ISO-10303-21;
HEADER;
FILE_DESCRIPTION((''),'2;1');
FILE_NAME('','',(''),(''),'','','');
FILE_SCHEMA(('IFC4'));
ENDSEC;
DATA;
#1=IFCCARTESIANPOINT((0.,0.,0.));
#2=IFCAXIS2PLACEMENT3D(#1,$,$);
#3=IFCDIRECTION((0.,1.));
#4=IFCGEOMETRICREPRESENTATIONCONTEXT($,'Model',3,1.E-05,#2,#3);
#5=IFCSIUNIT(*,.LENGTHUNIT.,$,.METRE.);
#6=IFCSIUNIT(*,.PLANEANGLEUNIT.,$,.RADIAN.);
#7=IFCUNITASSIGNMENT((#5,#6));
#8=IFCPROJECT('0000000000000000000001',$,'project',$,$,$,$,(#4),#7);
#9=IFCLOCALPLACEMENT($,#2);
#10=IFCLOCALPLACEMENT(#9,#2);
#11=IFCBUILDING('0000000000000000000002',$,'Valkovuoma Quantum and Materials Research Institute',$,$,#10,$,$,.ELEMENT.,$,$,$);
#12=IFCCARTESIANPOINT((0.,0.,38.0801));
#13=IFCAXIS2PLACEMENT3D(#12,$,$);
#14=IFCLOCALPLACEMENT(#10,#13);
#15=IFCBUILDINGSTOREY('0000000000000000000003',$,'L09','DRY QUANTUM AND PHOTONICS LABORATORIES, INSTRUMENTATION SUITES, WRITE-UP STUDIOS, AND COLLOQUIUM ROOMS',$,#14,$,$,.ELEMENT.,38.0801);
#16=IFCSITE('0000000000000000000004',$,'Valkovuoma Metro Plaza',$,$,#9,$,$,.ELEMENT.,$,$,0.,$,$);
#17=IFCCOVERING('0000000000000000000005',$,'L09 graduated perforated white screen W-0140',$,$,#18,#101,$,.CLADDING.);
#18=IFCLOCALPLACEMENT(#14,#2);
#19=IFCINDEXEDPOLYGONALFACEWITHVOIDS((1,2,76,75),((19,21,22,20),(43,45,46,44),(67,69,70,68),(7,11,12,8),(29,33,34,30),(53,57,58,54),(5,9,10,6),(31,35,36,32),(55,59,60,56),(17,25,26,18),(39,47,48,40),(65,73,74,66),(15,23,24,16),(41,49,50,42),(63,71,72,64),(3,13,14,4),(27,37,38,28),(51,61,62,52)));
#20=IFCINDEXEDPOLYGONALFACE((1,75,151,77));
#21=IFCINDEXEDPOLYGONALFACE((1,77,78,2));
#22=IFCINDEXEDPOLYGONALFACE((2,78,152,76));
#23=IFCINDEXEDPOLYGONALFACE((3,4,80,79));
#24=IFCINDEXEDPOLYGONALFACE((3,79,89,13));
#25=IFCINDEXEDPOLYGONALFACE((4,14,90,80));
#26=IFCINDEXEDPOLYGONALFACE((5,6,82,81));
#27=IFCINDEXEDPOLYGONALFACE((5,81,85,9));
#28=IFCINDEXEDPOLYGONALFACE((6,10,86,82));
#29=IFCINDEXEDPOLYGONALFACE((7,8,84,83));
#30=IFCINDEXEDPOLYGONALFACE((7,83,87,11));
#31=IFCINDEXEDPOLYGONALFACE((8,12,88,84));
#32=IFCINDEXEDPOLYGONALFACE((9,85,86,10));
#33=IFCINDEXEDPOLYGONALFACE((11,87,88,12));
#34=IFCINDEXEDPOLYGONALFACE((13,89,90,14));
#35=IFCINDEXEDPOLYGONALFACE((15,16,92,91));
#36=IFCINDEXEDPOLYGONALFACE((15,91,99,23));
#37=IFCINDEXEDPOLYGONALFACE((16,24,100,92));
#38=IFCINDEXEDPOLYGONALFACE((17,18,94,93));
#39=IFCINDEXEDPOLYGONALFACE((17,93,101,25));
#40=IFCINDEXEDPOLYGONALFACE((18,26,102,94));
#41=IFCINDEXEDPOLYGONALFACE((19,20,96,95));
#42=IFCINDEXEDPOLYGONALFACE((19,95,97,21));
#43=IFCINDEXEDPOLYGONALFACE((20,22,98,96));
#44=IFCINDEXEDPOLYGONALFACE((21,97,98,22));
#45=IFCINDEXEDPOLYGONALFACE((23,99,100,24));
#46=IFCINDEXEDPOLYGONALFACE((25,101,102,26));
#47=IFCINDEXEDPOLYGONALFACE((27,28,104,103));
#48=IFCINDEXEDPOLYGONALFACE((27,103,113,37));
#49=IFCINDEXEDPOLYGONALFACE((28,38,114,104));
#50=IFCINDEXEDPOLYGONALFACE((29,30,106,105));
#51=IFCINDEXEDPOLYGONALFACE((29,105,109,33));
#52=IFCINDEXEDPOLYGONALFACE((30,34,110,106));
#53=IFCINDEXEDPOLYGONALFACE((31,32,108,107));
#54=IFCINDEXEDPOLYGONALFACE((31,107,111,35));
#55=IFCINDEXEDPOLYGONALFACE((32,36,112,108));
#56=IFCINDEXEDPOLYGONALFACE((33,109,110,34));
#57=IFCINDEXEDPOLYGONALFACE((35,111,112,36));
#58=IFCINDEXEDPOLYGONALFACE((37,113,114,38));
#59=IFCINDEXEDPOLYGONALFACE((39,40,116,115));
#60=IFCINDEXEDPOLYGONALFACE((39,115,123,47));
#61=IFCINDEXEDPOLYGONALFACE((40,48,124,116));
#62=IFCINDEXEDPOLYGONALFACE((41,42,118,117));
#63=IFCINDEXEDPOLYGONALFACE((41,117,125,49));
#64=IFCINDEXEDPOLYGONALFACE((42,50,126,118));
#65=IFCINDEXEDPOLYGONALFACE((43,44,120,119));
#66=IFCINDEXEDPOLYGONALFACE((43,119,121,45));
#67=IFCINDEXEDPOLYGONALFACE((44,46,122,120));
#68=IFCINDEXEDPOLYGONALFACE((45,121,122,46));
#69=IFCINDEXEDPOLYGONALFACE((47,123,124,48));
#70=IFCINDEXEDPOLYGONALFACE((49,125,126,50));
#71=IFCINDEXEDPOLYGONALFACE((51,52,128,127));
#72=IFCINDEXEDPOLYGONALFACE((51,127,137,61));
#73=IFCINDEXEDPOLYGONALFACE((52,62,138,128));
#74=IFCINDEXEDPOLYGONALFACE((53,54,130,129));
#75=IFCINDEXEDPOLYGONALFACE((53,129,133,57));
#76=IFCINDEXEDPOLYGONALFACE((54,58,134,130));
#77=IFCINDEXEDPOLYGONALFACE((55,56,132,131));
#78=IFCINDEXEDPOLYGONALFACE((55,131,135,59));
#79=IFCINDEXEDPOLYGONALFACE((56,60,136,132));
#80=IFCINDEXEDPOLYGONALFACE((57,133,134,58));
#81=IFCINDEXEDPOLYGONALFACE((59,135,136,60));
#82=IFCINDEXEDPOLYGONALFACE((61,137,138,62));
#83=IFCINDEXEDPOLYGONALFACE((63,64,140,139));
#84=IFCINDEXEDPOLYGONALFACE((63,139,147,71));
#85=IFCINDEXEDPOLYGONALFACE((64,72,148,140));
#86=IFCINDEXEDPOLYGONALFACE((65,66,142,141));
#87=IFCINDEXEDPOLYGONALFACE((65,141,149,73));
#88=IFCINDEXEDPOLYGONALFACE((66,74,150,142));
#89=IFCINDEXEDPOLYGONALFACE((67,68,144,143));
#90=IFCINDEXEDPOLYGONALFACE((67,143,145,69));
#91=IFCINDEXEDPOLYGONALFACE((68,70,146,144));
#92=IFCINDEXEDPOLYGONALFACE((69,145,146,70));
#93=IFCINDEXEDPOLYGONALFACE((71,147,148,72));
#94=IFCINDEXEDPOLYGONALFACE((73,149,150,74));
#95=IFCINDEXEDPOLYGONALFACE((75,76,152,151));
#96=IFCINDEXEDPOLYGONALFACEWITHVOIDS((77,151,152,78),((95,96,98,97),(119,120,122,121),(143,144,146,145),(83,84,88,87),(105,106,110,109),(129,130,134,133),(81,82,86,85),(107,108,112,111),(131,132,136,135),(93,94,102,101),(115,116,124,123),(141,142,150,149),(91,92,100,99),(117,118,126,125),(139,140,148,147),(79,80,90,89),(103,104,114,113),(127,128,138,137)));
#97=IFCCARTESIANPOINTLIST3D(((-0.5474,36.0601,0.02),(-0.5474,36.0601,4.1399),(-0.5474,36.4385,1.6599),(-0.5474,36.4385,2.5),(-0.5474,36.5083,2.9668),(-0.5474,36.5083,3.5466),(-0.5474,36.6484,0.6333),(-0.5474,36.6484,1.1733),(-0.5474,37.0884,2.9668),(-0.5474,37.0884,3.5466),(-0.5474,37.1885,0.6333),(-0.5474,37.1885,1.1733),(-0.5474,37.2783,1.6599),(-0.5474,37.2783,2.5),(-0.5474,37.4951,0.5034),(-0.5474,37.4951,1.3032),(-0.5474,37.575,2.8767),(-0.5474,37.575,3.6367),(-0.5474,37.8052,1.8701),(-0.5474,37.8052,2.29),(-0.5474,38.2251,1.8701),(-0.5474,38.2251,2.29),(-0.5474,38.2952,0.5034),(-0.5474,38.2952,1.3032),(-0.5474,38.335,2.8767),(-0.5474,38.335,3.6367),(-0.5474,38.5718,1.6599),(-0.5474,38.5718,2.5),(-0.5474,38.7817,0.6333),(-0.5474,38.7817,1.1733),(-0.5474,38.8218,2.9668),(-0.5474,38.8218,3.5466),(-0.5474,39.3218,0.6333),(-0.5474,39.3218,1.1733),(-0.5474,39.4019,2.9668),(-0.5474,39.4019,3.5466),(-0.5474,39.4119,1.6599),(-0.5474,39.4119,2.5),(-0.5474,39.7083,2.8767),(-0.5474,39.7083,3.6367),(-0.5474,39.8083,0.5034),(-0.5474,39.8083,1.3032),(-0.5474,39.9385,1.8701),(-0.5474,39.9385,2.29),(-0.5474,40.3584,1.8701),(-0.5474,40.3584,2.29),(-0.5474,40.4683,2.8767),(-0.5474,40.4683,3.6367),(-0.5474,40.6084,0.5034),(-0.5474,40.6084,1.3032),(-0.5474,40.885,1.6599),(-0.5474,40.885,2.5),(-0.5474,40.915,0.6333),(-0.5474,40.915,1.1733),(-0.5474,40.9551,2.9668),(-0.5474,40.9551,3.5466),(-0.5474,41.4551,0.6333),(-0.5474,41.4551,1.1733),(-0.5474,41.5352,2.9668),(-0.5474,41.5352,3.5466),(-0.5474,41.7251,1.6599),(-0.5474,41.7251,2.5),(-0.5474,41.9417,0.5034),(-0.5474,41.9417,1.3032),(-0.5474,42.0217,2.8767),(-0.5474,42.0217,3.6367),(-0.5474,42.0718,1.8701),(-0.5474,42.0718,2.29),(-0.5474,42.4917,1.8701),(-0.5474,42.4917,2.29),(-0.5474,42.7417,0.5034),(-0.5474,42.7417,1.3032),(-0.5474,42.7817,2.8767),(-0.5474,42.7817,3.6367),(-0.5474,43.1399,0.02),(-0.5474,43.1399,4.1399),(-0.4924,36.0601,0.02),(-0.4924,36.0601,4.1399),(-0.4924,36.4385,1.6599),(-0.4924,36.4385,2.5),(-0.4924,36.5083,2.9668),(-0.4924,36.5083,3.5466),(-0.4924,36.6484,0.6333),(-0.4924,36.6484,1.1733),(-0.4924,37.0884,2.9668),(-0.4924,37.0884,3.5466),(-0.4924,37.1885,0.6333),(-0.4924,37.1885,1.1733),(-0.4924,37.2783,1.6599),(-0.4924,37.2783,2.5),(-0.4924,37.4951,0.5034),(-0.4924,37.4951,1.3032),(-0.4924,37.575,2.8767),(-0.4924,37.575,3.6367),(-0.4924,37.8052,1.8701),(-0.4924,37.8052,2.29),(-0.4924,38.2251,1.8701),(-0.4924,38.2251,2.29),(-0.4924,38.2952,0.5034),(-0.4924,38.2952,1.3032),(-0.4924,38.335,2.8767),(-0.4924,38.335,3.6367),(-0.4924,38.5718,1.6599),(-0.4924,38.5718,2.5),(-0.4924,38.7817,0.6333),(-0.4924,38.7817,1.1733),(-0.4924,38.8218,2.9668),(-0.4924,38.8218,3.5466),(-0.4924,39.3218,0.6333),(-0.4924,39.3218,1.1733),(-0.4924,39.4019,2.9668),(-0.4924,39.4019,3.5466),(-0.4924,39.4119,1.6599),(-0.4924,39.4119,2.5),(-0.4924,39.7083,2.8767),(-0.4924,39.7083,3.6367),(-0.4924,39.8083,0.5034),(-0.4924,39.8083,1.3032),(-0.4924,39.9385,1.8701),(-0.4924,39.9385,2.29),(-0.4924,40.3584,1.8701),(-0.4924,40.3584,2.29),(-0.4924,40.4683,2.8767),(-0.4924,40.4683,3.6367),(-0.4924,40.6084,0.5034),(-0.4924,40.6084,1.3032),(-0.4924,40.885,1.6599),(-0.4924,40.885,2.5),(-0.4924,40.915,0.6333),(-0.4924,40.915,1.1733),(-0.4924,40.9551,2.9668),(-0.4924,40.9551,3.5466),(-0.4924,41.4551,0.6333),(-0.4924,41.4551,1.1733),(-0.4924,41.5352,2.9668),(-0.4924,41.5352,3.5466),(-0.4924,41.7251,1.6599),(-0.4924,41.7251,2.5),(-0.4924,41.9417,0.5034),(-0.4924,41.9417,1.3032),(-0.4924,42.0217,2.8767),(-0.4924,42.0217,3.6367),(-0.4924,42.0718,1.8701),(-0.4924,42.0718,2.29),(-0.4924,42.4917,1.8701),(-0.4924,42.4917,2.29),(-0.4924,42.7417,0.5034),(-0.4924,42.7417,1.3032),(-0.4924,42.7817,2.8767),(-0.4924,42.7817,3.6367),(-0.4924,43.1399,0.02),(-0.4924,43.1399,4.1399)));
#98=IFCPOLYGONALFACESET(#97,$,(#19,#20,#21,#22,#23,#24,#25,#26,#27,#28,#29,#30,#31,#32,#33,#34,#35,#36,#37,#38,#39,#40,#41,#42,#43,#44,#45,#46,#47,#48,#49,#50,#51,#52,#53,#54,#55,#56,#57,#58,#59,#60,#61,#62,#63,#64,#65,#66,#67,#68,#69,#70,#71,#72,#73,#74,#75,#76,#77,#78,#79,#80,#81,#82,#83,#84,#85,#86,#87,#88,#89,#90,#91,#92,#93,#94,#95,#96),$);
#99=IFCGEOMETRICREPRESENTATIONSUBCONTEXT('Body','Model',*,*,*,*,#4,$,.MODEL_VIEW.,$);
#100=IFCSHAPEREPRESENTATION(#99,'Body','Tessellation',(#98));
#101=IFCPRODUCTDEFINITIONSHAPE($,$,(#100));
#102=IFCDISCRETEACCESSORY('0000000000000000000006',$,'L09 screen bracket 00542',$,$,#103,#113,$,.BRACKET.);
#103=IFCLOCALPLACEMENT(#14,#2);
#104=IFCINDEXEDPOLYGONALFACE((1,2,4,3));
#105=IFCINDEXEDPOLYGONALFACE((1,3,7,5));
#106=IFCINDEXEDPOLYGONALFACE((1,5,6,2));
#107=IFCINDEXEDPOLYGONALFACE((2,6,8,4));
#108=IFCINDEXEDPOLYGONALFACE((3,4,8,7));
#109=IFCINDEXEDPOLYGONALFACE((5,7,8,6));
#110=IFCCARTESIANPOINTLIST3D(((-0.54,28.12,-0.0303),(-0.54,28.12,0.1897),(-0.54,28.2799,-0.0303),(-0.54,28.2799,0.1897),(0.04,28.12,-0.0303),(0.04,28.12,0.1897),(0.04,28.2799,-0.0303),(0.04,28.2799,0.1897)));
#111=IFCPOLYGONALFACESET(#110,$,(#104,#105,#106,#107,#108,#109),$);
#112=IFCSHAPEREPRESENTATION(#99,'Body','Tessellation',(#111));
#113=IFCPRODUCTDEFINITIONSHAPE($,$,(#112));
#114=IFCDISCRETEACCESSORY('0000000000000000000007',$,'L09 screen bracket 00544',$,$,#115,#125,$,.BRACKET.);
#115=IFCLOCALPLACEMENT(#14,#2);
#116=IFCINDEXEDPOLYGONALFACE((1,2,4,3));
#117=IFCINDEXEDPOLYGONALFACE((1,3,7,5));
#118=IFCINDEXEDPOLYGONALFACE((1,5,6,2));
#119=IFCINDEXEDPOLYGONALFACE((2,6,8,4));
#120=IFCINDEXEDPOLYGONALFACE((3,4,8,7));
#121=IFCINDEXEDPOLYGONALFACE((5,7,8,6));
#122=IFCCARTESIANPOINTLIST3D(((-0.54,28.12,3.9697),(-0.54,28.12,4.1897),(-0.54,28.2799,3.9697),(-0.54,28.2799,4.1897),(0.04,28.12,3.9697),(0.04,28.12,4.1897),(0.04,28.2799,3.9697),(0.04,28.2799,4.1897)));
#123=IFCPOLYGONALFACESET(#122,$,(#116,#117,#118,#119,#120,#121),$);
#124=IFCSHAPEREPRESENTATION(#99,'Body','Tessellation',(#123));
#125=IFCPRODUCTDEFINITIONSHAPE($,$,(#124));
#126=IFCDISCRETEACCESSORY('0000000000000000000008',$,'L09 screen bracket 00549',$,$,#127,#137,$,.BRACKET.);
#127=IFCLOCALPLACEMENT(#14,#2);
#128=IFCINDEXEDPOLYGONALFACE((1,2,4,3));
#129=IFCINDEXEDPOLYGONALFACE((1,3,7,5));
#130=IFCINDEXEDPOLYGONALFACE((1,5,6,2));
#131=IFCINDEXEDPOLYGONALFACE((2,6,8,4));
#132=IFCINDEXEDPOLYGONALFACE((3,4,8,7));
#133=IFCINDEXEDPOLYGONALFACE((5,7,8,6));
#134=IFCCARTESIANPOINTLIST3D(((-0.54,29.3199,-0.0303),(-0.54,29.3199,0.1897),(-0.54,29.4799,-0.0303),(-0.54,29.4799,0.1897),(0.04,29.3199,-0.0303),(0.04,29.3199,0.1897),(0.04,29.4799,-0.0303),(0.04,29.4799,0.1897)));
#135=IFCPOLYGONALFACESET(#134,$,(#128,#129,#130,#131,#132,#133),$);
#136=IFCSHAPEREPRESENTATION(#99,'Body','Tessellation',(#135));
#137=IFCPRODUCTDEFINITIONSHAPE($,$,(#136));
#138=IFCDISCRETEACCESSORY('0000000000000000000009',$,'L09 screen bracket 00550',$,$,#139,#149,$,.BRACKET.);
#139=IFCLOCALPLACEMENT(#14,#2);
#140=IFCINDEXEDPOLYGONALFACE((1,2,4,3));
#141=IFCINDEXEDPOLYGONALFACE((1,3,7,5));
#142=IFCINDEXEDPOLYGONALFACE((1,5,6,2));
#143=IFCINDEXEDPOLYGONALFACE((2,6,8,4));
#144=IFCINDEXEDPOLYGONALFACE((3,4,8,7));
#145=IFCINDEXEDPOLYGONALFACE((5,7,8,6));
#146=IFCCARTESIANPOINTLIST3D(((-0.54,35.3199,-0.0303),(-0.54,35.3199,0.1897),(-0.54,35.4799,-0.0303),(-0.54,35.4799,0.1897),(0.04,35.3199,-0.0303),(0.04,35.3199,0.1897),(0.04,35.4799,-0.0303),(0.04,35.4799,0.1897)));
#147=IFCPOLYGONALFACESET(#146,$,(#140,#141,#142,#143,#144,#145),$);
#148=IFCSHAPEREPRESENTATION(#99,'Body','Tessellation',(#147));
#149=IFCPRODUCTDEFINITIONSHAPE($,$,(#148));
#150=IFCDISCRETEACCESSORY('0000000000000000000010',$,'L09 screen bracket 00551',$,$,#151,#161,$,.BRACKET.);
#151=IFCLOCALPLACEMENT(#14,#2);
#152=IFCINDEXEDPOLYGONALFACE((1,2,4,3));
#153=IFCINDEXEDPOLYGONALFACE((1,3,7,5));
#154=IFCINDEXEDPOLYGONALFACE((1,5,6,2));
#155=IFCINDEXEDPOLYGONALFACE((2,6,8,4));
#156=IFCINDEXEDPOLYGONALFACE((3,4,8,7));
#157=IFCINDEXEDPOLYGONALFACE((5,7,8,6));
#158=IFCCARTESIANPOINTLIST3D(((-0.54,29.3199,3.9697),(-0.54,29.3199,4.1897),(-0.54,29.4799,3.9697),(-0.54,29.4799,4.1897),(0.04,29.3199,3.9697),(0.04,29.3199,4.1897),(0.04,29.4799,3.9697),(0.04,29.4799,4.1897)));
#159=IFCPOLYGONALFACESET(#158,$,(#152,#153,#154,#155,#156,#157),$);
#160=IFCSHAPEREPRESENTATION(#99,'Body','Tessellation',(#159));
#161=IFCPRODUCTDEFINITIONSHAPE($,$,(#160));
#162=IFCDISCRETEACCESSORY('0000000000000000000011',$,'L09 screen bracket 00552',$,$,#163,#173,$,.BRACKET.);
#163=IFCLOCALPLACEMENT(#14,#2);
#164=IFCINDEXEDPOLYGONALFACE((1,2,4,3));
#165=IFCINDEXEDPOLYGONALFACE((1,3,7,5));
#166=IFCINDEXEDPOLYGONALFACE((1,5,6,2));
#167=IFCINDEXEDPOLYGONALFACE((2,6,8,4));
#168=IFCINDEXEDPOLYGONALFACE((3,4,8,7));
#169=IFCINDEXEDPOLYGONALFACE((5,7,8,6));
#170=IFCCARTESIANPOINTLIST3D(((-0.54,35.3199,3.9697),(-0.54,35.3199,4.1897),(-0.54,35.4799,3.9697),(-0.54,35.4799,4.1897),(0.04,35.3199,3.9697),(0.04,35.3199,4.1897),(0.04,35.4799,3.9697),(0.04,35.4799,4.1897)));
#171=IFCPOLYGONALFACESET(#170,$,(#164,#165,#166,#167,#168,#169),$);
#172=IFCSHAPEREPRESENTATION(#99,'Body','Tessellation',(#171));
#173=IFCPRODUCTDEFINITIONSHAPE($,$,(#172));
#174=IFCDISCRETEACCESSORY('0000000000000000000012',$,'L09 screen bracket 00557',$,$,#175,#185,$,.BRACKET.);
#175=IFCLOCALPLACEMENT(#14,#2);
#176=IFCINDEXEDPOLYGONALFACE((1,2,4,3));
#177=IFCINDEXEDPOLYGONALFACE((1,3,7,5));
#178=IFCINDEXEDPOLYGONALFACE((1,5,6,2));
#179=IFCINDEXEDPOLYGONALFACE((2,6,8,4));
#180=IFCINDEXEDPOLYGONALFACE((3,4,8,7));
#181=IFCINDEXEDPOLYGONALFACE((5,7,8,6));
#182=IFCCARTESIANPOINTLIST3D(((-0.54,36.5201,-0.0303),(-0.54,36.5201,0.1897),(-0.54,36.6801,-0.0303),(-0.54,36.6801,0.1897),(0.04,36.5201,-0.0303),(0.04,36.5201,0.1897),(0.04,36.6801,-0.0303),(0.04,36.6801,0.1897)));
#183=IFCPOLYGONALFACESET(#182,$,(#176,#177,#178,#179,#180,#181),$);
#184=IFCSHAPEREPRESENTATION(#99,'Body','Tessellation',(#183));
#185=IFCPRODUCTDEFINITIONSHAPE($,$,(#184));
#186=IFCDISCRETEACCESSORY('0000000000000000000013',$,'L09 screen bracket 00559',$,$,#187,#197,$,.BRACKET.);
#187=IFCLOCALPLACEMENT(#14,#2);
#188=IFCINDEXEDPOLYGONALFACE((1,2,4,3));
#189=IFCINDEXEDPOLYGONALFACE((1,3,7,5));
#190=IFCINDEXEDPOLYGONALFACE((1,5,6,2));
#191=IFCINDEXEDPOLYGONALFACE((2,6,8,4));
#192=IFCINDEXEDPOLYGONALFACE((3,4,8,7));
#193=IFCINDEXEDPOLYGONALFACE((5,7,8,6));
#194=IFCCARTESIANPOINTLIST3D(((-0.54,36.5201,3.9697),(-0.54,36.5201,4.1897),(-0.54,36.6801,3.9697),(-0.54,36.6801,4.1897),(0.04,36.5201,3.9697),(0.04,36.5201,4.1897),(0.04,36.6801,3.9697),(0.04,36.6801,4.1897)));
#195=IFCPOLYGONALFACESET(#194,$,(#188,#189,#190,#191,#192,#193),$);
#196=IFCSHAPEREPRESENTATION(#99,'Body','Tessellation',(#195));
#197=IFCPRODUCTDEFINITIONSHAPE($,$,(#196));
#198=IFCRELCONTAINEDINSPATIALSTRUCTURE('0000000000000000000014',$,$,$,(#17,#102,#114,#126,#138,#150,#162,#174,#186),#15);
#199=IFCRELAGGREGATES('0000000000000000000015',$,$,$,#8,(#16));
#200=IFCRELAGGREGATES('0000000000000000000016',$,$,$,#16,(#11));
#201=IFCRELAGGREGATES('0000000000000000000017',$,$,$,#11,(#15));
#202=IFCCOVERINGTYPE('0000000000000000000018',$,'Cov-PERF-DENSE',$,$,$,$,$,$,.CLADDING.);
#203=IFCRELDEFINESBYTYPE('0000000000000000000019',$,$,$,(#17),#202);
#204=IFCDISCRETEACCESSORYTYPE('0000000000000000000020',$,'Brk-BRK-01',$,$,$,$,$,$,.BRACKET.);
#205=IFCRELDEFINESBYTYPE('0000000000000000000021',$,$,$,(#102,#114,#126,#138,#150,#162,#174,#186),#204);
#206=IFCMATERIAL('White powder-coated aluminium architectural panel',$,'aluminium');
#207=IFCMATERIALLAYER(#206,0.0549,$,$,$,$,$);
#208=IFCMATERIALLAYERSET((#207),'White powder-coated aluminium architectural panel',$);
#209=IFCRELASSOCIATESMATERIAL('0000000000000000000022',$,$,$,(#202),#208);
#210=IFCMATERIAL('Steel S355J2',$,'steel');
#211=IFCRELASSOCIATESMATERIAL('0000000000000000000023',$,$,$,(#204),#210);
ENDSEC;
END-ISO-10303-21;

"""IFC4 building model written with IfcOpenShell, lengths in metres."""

from ifc_helpers import new_model, si_unit, direction, frame, origin, origin_2d, place, context, subcontext, project, spatial, polyline, rectangle, outline, extrude, material, layer, layer_set, type_object, element, save


model = new_model("IFC4")

# Units and contexts
model_context = context("Model", 3, precision=1e-05, world=origin(), true_north=direction((0.0, 1.0)))
body_context = subcontext(model_context, "Body", "Model", "MODEL_VIEW")
ifc_project = project(units=[si_unit("LENGTHUNIT", "METRE"), si_unit("PLANEANGLEUNIT", "RADIAN")], contexts=[model_context])

# Site, building, storey
site_placement = place(None, origin())
site = spatial("IfcSite", under=ifc_project, at=site_placement, Name="Valkovuoma Metro Plaza", CompositionType="ELEMENT", RefElevation=0.0)
building_placement = place(site_placement, origin())
building = spatial("IfcBuilding", under=site, at=building_placement, Name="Valkovuoma Quantum and Materials Research Institute", CompositionType="ELEMENT")
storey_placement = place(building_placement, frame((0.0, 0.0, 38.0801)))
storey = spatial("IfcBuildingStorey", under=building, at=storey_placement, Name="L09", Description="DRY QUANTUM AND PHOTONICS LABORATORIES, INSTRUMENTATION SUITES, WRITE-UP STUDIOS, AND COLLOQUIUM ROOMS", CompositionType="ELEMENT", Elevation=38.0801)

# Covering
ifc_material_1 = material(Name="White powder-coated aluminium architectural panel", Category="aluminium")
ifc_layer_1 = layer(ifc_material_1, 0.0549)
ifc_layer_set_1 = layer_set([ifc_layer_1], Name="White powder-coated aluminium architectural panel")
covering_type = type_object("IfcCoveringType", Name="Cov-PERF-DENSE", PredefinedType="CLADDING", material=ifc_layer_set_1)
covering_1_placement = place(storey_placement, frame((-0.52, 36.0601, 0.02), z_axis=(0.0, 0.0, 1.0), x_axis=(0.0, 1.0, 0.0)))
element("IfcCovering", 1, at=covering_1_placement, inside=storey, type_object=covering_type, Name="L09 graduated perforated white screen W-0140", PredefinedType="CLADDING", context=body_context, shape_type="SweptSolid", body=[
    extrude(outline(polyline([(0.0, 0.0), (7.0798, 0.0), (7.0798, 4.1199), (0.0, 4.1199), (0.0, 0.0)]), holes=[polyline([(0.5884, 0.6133), (0.5884, 1.1533), (1.1284, 1.1533), (1.1284, 0.6133), (0.5884, 0.6133)]), polyline([(0.3784, 1.6399), (0.3784, 2.48), (1.2183, 2.48), (1.2183, 1.6399), (0.3784, 1.6399)]), polyline([(0.4482, 2.9468), (0.4482, 3.5266), (1.0283, 3.5266), (1.0283, 2.9468), (0.4482, 2.9468)]), polyline([(1.4351, 0.4834), (1.4351, 1.2832), (2.2351, 1.2832), (2.2351, 0.4834), (1.4351, 0.4834)]), polyline([(1.7451, 1.8501), (1.7451, 2.27), (2.165, 2.27), (2.165, 1.8501), (1.7451, 1.8501)]), polyline([(1.5149, 2.8567), (1.5149, 3.6167), (2.2749, 3.6167), (2.2749, 2.8567), (1.5149, 2.8567)]), polyline([(2.7217, 0.6133), (2.7217, 1.1533), (3.2617, 1.1533), (3.2617, 0.6133), (2.7217, 0.6133)]), polyline([(2.5117, 1.6399), (2.5117, 2.48), (3.3518, 2.48), (3.3518, 1.6399), (2.5117, 1.6399)]), polyline([(2.7617, 2.9468), (2.7617, 3.5266), (3.3418, 3.5266), (3.3418, 2.9468), (2.7617, 2.9468)]), polyline([(3.7483, 0.4834), (3.7483, 1.2832), (4.5483, 1.2832), (4.5483, 0.4834), (3.7483, 0.4834)]), polyline([(3.8784, 1.8501), (3.8784, 2.27), (4.2983, 2.27), (4.2983, 1.8501), (3.8784, 1.8501)]), polyline([(3.6482, 2.8567), (3.6482, 3.6167), (4.4082, 3.6167), (4.4082, 2.8567), (3.6482, 2.8567)]), polyline([(4.855, 0.6133), (4.855, 1.1533), (5.395, 1.1533), (5.395, 0.6133), (4.855, 0.6133)]), polyline([(4.825, 1.6399), (4.825, 2.48), (5.665, 2.48), (5.665, 1.6399), (4.825, 1.6399)]), polyline([(4.895, 2.9468), (4.895, 3.5266), (5.4751, 3.5266), (5.4751, 2.9468), (4.895, 2.9468)]), polyline([(5.8816, 0.4834), (5.8816, 1.2832), (6.6816, 1.2832), (6.6816, 0.4834), (5.8816, 0.4834)]), polyline([(6.0117, 1.8501), (6.0117, 2.27), (6.4316, 2.27), (6.4316, 1.8501), (6.0117, 1.8501)]), polyline([(5.9617, 2.8567), (5.9617, 3.6167), (6.7217, 3.6167), (6.7217, 2.8567), (5.9617, 2.8567)])]), frame((0.0, 0.0273, 0.0), z_axis=(0.0, -1.0, 0.0), x_axis=(1.0, 0.0, 0.0)), (0.0, 0.0, 1.0), 0.0549),
])

# Discrete accessories
ifc_material_2 = material(Name="Steel S355J2", Category="steel")
discrete_accessory_type_1 = type_object("IfcDiscreteAccessoryType", Name="Brk-BRK-01", PredefinedType="BRACKET", material=ifc_material_2)
for number, where, z_axis, x_axis, name in (
    (2, (-0.25, 28.2, -0.0303), (0.0, 0.0, 1.0), (1.0, 0.0, 0.0), "L09 screen bracket 00542"),
    (3, (-0.25, 28.2, 3.9697), (0.0, 0.0, 1.0), (1.0, 0.0, 0.0), "L09 screen bracket 00544"),
    (4, (-0.25, 29.3999, -0.0303), (0.0, 0.0, 1.0), (1.0, 0.0, 0.0), "L09 screen bracket 00549"),
    (5, (-0.25, 35.3999, -0.0303), (0.0, 0.0, 1.0), (1.0, 0.0, 0.0), "L09 screen bracket 00550"),
    (6, (-0.25, 29.3999, 3.9697), (0.0, 0.0, 1.0), (1.0, 0.0, 0.0), "L09 screen bracket 00551"),
    (7, (-0.25, 35.3999, 3.9697), (0.0, 0.0, 1.0), (1.0, 0.0, 0.0), "L09 screen bracket 00552"),
    (8, (-0.25, 36.6001, -0.0303), (0.0, 0.0, 1.0), (1.0, 0.0, 0.0), "L09 screen bracket 00557"),
    (9, (-0.25, 36.6001, 3.9697), (0.0, 0.0, 1.0), (1.0, 0.0, 0.0), "L09 screen bracket 00559"),
):
    element("IfcDiscreteAccessory", number, at=place(storey_placement, frame(where, z_axis=z_axis, x_axis=x_axis)), inside=storey, type_object=discrete_accessory_type_1, Name=name, PredefinedType="BRACKET", context=body_context, shape_type="SweptSolid", body=[
        extrude(rectangle(XDim=0.5801, YDim=0.1599, at=origin_2d()), origin(), (0.0, 0.0, 1.0), 0.22),
    ])

save(model, "model.ifc")
